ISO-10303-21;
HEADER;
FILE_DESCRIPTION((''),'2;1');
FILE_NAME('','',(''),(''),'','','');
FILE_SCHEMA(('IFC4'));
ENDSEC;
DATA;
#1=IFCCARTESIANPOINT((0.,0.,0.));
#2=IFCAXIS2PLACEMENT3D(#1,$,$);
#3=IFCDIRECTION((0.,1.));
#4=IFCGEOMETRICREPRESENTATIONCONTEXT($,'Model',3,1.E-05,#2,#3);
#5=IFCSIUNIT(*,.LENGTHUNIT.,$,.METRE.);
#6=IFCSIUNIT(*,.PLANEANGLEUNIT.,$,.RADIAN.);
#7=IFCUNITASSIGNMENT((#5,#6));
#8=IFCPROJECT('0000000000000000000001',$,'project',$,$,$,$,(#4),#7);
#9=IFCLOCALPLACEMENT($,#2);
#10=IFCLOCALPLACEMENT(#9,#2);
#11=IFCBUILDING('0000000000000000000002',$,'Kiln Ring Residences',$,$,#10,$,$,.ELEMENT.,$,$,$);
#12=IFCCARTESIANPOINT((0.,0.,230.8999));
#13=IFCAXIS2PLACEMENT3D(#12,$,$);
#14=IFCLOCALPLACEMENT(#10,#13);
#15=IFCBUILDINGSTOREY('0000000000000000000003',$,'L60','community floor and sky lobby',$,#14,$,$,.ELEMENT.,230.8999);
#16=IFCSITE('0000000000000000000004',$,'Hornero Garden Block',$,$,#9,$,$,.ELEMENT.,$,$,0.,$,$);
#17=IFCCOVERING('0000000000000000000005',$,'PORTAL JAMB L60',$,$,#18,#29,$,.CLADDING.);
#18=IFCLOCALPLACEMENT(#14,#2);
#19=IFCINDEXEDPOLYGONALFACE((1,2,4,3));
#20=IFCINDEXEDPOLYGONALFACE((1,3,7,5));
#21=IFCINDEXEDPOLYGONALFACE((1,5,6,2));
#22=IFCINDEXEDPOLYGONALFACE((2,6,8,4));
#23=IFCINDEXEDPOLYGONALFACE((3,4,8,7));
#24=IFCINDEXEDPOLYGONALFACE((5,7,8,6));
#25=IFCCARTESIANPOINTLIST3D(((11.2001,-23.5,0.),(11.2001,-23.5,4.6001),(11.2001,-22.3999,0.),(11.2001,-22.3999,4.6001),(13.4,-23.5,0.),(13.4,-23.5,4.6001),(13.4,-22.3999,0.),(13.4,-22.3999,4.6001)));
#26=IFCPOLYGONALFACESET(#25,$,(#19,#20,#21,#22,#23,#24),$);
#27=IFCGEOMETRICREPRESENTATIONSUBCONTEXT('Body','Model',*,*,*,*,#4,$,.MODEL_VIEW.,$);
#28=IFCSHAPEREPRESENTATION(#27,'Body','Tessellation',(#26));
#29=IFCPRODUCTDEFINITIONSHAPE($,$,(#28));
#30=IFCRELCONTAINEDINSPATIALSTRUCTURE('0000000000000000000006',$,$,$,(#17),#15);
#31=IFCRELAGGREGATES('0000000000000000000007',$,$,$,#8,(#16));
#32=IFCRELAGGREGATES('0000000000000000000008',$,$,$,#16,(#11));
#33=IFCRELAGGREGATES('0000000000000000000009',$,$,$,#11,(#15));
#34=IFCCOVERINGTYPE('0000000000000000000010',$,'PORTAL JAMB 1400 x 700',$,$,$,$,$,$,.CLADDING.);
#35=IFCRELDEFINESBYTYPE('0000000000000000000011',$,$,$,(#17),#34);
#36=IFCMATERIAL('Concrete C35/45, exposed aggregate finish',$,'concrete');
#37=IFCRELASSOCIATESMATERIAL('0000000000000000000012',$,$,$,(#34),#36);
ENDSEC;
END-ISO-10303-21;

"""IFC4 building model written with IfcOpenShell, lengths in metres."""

from ifc_helpers import new_model, si_unit, direction, frame, origin, origin_2d, place, context, subcontext, project, spatial, rectangle, extrude, material, type_object, element, save


model = new_model("IFC4")

# Units and contexts
model_context = context("Model", 3, precision=1e-05, world=origin(), true_north=direction((0.0, 1.0)))
body_context = subcontext(model_context, "Body", "Model", "MODEL_VIEW")
ifc_project = project(units=[si_unit("LENGTHUNIT", "METRE"), si_unit("PLANEANGLEUNIT", "RADIAN")], contexts=[model_context])

# Site, building, storey
site_placement = place(None, origin())
site = spatial("IfcSite", under=ifc_project, at=site_placement, Name="Hornero Garden Block", CompositionType="ELEMENT", RefElevation=0.0)
building_placement = place(site_placement, origin())
building = spatial("IfcBuilding", under=site, at=building_placement, Name="Kiln Ring Residences", CompositionType="ELEMENT")
storey_placement = place(building_placement, frame((0.0, 0.0, 230.8999)))
storey = spatial("IfcBuildingStorey", under=building, at=storey_placement, Name="L60", Description="community floor and sky lobby", CompositionType="ELEMENT", Elevation=230.8999)

# Covering
ifc_material_1 = material(Name="Concrete C35/45, exposed aggregate finish", Category="concrete")
covering_type_1 = type_object("IfcCoveringType", Name="PORTAL JAMB 1400 x 700", PredefinedType="CLADDING", material=ifc_material_1)
covering_1_placement = place(storey_placement, frame((12.3, -22.95, 0.0), z_axis=(0.0, 0.0, 1.0), x_axis=(1.0, 0.0, 0.0)))
element("IfcCovering", 1, at=covering_1_placement, inside=storey, type_object=covering_type_1, Name="PORTAL JAMB L60", PredefinedType="CLADDING", context=body_context, shape_type="SweptSolid", body=[
    extrude(rectangle(XDim=2.2, YDim=1.1001, at=origin_2d()), origin(), (0.0, 0.0, 1.0), 4.6001),
])

save(model, "model.ifc")
